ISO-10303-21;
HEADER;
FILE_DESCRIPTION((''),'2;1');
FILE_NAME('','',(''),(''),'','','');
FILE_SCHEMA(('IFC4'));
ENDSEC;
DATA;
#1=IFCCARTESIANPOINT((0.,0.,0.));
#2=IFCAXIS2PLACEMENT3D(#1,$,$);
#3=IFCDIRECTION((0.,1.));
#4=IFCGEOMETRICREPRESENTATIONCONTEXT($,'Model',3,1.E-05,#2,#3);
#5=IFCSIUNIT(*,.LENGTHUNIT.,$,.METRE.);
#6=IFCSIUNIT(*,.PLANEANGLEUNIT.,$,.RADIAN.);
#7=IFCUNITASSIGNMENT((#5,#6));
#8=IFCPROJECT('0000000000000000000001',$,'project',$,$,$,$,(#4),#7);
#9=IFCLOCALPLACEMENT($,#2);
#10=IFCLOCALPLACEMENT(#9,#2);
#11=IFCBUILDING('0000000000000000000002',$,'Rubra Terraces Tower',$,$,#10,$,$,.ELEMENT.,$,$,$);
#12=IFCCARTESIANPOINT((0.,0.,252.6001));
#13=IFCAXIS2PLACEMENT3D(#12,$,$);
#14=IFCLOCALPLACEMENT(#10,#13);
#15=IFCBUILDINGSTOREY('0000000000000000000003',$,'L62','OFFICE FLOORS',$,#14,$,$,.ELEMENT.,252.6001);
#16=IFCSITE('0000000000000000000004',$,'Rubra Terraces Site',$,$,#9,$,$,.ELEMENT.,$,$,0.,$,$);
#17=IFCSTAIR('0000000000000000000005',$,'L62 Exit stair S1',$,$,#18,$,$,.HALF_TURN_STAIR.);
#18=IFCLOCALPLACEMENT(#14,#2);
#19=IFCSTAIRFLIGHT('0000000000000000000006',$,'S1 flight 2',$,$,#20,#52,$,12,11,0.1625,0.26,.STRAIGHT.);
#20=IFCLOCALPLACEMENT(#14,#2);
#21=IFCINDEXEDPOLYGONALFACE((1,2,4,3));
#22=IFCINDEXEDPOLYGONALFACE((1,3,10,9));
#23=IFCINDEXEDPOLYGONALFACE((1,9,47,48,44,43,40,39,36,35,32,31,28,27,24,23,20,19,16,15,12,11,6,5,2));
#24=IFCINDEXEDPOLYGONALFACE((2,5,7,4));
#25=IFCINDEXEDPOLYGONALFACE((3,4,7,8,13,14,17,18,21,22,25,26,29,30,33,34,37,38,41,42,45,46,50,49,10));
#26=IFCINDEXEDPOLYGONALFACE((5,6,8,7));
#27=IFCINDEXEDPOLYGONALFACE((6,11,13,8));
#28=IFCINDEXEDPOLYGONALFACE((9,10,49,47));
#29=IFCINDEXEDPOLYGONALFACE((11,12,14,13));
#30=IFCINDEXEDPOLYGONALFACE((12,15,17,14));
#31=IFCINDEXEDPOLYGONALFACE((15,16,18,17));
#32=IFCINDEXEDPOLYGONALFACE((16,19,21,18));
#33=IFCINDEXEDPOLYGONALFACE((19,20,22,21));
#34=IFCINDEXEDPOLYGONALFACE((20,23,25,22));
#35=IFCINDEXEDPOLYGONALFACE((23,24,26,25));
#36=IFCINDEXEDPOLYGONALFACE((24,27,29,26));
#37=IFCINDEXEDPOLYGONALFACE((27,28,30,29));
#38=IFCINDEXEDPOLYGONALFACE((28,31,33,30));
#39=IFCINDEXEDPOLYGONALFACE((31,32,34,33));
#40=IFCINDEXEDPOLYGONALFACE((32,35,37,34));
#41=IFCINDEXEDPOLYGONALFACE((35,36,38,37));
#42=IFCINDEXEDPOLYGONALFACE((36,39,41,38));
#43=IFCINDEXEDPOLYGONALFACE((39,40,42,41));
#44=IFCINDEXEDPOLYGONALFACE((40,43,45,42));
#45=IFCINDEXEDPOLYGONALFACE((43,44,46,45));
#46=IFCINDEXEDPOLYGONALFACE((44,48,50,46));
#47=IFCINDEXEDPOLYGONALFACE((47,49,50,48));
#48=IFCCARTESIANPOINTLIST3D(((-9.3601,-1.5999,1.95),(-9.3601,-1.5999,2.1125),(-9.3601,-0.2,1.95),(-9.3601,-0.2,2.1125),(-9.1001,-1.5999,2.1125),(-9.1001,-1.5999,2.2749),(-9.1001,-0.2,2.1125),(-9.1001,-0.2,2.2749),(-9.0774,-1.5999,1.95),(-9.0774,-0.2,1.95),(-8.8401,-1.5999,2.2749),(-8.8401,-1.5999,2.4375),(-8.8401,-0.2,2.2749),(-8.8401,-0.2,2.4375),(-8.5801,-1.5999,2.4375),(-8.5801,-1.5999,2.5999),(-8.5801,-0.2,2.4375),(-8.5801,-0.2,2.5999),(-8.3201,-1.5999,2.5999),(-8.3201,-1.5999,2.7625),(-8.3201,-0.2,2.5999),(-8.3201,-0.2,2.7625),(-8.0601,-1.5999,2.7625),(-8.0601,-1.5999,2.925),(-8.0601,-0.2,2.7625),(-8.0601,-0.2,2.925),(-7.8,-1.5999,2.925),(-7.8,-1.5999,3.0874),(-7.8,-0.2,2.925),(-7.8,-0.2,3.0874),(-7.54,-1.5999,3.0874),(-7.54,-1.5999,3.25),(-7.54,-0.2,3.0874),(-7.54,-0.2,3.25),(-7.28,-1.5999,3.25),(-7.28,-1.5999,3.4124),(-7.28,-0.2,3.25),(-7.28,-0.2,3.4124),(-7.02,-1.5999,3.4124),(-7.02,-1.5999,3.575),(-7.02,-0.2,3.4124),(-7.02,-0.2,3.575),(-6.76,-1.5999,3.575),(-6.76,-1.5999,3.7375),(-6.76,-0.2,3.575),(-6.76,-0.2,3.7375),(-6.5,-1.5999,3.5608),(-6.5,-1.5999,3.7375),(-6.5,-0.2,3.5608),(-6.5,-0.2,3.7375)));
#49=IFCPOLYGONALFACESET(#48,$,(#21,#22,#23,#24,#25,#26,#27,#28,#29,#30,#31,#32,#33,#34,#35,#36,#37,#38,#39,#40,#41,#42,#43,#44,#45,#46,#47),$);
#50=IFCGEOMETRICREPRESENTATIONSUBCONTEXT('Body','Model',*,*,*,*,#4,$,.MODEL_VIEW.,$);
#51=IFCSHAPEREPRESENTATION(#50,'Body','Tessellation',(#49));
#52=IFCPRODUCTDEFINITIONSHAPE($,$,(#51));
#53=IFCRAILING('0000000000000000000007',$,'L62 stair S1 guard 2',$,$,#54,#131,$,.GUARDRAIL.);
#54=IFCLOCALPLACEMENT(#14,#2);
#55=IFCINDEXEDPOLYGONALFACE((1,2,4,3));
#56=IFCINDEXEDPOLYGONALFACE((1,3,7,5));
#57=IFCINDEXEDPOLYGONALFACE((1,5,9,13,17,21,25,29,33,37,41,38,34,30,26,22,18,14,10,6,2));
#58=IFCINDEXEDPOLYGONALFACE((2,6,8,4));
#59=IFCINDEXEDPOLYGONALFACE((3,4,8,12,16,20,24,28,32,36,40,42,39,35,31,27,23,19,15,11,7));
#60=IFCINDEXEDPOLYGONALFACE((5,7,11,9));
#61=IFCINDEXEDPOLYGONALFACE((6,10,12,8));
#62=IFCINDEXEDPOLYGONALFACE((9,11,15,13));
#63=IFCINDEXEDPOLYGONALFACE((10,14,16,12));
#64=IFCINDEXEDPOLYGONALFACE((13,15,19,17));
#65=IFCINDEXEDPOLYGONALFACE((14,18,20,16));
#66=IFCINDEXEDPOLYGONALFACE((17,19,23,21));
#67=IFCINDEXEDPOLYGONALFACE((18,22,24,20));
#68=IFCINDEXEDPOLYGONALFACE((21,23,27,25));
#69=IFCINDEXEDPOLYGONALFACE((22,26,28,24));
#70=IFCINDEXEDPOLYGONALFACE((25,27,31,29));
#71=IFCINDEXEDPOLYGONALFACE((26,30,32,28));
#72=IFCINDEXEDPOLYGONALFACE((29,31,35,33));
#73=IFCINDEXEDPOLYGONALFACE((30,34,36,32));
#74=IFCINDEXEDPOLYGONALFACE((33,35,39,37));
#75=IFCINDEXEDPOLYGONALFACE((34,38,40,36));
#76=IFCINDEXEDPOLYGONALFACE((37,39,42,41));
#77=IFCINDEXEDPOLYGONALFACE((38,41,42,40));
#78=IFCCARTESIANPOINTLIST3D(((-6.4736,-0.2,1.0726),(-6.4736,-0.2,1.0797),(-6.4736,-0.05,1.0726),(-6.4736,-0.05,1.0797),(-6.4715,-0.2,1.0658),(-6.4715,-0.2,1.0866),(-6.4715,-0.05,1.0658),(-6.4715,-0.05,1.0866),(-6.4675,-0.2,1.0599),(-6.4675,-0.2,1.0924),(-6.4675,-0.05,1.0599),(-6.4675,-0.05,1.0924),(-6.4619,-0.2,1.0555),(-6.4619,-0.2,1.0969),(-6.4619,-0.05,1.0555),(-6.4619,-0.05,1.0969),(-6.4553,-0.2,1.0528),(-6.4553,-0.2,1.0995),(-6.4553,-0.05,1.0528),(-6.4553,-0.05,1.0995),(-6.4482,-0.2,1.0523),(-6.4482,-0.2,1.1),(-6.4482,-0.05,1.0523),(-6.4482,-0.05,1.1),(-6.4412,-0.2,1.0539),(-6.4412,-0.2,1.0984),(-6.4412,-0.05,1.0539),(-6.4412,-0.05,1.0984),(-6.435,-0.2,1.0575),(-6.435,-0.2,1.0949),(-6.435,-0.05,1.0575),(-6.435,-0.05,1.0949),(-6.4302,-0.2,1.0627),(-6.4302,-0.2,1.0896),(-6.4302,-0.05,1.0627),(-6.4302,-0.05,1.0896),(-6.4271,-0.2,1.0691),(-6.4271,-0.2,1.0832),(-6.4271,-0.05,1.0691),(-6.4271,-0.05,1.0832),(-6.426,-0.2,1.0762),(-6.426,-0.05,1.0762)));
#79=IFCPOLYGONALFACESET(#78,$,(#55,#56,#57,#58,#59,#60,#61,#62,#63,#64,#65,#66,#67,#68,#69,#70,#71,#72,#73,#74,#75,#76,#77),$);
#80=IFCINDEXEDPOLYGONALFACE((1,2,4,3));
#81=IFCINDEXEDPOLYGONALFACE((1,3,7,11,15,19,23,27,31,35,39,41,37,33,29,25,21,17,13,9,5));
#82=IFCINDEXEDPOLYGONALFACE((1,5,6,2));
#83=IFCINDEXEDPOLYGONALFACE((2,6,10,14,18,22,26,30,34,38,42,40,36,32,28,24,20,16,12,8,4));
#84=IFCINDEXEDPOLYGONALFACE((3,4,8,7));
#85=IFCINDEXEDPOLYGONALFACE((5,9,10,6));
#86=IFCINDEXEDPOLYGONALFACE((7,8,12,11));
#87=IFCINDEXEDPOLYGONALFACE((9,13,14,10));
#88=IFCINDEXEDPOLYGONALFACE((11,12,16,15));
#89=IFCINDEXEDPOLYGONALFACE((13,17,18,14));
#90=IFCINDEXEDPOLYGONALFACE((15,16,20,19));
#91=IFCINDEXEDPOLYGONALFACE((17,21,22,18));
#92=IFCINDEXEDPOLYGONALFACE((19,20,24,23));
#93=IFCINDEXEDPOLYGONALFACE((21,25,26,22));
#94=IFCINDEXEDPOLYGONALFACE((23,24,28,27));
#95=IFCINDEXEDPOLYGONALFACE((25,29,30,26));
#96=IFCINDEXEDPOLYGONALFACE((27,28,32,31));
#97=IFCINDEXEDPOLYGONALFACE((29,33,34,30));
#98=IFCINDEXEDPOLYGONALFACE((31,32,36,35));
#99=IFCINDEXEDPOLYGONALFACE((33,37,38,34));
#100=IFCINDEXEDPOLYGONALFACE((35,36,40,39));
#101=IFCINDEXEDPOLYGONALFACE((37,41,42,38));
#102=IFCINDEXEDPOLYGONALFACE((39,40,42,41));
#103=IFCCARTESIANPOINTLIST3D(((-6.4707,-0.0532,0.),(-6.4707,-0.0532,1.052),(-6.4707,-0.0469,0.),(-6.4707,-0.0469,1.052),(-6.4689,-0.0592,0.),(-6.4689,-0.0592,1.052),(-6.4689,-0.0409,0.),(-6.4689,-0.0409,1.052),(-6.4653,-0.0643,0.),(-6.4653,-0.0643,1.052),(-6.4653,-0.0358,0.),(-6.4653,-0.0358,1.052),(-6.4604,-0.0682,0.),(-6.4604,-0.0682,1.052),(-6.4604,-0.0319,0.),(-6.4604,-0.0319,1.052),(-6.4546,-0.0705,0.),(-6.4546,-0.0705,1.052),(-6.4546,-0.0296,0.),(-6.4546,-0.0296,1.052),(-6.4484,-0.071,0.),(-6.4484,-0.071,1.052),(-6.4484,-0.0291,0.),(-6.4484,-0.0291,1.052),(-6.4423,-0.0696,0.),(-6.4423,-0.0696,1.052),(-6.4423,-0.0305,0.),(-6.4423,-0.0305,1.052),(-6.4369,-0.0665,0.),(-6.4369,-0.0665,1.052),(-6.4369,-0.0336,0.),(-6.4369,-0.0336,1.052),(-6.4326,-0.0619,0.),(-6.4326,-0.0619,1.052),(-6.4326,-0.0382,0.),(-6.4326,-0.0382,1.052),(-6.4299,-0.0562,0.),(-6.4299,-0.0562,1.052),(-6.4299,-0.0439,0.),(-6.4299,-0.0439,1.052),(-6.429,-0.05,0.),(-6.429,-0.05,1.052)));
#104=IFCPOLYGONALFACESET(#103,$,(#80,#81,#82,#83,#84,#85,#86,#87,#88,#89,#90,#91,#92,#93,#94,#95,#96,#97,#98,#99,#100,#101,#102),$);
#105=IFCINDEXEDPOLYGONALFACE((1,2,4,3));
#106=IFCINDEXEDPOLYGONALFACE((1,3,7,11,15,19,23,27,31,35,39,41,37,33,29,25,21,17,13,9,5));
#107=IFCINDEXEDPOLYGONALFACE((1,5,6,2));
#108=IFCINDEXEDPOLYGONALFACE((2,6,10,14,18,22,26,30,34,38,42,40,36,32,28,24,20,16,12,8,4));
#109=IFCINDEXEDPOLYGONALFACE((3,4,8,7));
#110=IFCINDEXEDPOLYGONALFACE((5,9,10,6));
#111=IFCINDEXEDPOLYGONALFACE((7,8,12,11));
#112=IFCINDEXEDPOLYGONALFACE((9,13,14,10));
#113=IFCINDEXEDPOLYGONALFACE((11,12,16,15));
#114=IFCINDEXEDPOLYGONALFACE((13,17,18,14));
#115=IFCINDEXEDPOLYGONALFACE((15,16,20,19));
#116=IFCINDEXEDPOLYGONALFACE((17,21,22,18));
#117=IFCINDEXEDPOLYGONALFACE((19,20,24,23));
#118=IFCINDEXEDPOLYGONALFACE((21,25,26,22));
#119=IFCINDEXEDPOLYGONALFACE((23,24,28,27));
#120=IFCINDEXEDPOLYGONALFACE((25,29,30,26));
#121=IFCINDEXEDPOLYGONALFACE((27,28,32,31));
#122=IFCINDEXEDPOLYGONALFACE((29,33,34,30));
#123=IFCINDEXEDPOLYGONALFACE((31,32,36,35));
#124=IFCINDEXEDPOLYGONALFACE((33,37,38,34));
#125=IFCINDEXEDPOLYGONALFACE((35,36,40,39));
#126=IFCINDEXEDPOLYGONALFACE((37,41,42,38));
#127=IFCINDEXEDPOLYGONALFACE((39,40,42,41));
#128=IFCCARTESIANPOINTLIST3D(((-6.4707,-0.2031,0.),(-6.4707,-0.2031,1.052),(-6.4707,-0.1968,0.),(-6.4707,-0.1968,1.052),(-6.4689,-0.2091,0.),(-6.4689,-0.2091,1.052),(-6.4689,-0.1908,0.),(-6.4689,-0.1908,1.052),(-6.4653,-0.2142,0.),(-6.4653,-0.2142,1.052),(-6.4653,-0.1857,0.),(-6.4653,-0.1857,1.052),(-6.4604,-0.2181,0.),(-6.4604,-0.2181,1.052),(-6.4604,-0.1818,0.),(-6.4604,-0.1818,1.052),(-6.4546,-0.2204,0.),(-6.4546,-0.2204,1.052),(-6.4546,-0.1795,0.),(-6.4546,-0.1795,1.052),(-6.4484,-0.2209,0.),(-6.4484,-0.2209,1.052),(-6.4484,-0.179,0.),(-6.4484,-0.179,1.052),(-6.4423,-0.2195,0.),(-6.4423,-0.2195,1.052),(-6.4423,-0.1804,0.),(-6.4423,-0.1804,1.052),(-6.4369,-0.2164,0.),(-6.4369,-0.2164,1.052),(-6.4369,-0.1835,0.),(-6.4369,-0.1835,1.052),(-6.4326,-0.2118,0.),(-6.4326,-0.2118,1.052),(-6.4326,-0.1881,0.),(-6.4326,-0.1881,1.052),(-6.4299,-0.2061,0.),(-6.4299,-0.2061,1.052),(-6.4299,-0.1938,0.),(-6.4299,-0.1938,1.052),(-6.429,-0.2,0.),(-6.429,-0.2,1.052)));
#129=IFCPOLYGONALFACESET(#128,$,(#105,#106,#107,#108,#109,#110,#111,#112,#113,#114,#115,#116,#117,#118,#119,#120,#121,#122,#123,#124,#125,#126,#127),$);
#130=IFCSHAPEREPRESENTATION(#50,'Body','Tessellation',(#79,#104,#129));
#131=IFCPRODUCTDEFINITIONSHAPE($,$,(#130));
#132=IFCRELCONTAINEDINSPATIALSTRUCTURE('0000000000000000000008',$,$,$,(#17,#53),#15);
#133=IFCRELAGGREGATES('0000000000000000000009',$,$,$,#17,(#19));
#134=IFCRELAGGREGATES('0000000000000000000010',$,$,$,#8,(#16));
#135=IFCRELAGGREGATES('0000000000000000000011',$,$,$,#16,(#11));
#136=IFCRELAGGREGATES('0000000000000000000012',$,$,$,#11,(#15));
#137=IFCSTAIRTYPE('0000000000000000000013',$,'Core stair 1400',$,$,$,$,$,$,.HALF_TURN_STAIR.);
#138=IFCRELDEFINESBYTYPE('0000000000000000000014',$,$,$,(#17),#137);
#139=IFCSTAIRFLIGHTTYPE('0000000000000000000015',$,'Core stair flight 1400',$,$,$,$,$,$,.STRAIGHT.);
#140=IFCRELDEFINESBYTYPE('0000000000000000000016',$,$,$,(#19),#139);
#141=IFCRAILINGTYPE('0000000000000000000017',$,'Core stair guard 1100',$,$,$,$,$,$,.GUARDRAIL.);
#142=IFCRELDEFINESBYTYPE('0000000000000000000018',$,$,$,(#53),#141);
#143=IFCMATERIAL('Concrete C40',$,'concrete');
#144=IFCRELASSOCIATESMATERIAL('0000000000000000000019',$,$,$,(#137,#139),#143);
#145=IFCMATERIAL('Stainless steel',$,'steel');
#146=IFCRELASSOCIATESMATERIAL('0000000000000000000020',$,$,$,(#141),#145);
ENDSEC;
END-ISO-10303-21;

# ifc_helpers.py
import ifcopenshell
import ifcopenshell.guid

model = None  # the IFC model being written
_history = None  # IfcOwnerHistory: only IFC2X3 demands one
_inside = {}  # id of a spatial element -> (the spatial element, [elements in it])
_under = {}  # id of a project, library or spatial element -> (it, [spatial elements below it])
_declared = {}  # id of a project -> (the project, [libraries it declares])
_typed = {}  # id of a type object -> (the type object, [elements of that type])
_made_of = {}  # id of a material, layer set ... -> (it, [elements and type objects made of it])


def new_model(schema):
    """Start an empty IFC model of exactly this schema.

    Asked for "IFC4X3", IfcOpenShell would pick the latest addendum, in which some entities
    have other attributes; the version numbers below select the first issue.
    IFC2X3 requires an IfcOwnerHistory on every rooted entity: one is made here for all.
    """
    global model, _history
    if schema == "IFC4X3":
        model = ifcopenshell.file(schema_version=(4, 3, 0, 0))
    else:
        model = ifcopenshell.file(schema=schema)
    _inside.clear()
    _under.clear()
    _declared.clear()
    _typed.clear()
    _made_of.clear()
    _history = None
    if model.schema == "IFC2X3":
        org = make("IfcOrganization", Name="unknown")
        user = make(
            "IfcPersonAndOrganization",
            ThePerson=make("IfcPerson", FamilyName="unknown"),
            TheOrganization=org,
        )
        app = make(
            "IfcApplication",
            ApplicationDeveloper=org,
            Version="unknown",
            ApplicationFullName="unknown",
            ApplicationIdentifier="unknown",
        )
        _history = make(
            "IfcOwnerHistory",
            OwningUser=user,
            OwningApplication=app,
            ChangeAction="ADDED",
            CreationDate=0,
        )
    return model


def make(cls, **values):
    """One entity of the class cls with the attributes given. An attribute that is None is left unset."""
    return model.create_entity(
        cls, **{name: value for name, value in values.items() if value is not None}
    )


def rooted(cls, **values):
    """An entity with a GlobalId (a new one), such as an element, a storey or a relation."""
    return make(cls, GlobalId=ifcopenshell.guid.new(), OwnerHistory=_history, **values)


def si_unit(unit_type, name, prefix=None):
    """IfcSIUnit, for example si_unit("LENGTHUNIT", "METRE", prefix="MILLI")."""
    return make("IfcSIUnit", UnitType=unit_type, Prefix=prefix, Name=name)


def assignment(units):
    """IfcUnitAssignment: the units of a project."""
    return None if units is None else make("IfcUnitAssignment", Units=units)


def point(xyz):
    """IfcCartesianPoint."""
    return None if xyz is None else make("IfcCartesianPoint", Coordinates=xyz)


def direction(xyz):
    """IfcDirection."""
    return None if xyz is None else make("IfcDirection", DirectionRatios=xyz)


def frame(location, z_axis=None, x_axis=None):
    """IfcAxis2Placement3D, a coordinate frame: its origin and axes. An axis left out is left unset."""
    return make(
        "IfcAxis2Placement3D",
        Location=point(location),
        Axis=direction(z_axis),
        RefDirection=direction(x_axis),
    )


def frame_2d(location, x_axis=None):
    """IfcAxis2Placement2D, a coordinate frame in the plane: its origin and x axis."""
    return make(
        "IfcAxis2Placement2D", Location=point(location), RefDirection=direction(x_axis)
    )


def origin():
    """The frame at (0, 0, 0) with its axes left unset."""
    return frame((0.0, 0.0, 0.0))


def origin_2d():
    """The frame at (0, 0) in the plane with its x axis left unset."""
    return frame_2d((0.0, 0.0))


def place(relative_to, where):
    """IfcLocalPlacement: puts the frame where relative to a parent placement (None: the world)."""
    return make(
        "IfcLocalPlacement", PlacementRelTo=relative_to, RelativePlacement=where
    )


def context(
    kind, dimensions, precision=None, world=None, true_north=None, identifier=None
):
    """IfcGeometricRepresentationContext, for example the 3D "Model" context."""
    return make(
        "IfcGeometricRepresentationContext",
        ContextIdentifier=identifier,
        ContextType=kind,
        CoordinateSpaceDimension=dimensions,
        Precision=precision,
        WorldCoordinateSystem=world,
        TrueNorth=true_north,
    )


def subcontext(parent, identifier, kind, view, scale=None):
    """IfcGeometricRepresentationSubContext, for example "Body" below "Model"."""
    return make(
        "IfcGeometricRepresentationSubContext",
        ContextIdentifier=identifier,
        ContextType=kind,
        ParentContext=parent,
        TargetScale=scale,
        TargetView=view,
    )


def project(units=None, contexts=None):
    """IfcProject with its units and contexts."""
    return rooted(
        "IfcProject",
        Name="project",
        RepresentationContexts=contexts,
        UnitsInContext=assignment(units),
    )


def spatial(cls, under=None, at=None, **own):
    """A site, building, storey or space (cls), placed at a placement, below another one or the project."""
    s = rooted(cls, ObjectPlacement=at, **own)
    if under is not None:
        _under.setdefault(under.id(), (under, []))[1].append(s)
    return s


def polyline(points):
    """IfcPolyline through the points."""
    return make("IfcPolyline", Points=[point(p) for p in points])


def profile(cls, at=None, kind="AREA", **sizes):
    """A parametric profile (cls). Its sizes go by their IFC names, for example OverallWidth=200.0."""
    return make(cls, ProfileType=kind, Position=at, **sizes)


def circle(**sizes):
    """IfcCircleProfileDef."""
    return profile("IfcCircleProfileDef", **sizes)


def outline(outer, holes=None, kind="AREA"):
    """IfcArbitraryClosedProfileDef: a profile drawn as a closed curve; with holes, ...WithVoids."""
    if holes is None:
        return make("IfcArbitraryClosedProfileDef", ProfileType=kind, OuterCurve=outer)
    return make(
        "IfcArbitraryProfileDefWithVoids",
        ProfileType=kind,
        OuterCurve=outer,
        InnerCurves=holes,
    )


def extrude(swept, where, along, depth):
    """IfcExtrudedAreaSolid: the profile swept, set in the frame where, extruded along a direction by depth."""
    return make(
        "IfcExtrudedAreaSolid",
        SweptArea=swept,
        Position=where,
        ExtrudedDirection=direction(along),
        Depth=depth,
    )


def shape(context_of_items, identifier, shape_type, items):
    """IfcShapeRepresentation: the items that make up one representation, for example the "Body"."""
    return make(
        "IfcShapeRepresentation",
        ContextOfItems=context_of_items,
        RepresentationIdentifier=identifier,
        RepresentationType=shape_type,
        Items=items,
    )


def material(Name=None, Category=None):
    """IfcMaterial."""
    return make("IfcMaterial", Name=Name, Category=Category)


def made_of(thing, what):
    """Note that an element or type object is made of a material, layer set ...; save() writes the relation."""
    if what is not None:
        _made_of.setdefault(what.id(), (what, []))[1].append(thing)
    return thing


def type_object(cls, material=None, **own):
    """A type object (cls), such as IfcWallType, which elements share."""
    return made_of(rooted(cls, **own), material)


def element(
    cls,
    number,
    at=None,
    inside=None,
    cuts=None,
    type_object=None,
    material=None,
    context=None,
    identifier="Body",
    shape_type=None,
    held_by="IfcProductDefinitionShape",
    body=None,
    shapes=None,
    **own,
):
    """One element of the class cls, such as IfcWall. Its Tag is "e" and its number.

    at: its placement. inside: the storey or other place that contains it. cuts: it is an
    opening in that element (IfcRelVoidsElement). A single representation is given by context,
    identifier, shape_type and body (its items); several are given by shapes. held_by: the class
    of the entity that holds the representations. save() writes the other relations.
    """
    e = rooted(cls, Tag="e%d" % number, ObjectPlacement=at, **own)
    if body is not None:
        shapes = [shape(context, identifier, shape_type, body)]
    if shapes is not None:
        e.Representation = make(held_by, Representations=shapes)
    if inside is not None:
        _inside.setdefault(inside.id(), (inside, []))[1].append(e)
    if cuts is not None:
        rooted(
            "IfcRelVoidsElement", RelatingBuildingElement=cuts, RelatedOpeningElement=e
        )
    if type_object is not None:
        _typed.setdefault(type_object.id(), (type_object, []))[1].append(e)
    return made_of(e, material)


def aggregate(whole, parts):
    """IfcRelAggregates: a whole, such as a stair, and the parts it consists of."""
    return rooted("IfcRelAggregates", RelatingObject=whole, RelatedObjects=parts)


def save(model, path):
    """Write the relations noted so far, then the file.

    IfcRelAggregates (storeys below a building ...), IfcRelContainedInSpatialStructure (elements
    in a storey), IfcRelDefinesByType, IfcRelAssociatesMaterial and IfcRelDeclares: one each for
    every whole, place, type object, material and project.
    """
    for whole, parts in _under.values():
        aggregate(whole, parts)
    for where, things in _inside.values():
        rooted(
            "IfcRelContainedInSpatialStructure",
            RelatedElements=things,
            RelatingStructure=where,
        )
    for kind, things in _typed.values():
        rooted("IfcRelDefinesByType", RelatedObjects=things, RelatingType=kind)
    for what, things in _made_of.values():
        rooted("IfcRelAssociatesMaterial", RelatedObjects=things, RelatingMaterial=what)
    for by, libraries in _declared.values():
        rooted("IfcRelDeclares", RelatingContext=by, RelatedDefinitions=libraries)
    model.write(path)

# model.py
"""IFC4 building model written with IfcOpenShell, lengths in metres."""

from ifc_helpers import new_model, si_unit, direction, frame, origin, origin_2d, place, context, subcontext, project, spatial, polyline, circle, outline, extrude, material, type_object, element, aggregate, save


model = new_model("IFC4")

# Units and contexts
model_context = context("Model", 3, precision=1e-05, world=origin(), true_north=direction((0.0, 1.0)))
body_context = subcontext(model_context, "Body", "Model", "MODEL_VIEW")
ifc_project = project(units=[si_unit("LENGTHUNIT", "METRE"), si_unit("PLANEANGLEUNIT", "RADIAN")], contexts=[model_context])

# Site, building, storey
site_placement = place(None, origin())
site = spatial("IfcSite", under=ifc_project, at=site_placement, Name="Rubra Terraces Site", CompositionType="ELEMENT", RefElevation=0.0)
building_placement = place(site_placement, origin())
building = spatial("IfcBuilding", under=site, at=building_placement, Name="Rubra Terraces Tower", CompositionType="ELEMENT")
storey_placement = place(building_placement, frame((0.0, 0.0, 252.6001)))
storey = spatial("IfcBuildingStorey", under=building, at=storey_placement, Name="L62", Description="OFFICE FLOORS", CompositionType="ELEMENT", Elevation=252.6001)

# Shared definitions
ifc_material_1 = material(Name="Concrete C40", Category="concrete")

# Stair, stair flight
stair_type = type_object("IfcStairType", Name="Core stair 1400", PredefinedType="HALF_TURN_STAIR", material=ifc_material_1)
stair_placement = place(storey_placement, origin())
stair = element("IfcStair", 1, at=stair_placement, inside=storey, type_object=stair_type, Name="L62 Exit stair S1", PredefinedType="HALF_TURN_STAIR")
stair_flight_type = type_object("IfcStairFlightType", Name="Core stair flight 1400", PredefinedType="STRAIGHT", material=ifc_material_1)
stair_flight_placement = place(storey_placement, frame((-9.3601, -0.8999, 1.95), z_axis=(0.0, 0.0, 1.0), x_axis=(1.0, 0.0, 0.0)))
stair_flight = element("IfcStairFlight", 2, at=stair_flight_placement, type_object=stair_flight_type, Name="S1 flight 2", NumberOfRisers=12, NumberOfTreads=11, PredefinedType="STRAIGHT", RiserHeight=0.1625, TreadLength=0.26, context=body_context, shape_type="SweptSolid", body=[
    extrude(outline(polyline([(0.0, 0.0), (0.0, 0.1626), (0.26, 0.1626), (0.26, 0.325), (0.52, 0.325), (0.52, 0.4875), (0.78, 0.4875), (0.78, 0.6499), (1.04, 0.6499), (1.04, 0.8125), (1.3, 0.8125), (1.3, 0.9751), (1.5601, 0.9751), (1.5601, 1.1375), (1.8201, 1.1375), (1.8201, 1.3), (2.0801, 1.3), (2.0801, 1.4624), (2.3401, 1.4624), (2.3401, 1.625), (2.6001, 1.625), (2.6001, 1.7876), (2.8601, 1.7876), (2.8601, 1.95), (2.8601, 1.6108), (0.2827, 0.0), (0.0, 0.0)])), frame((0.0, 0.7, 0.0), z_axis=(0.0, -1.0, 0.0), x_axis=(1.0, 0.0, 0.0)), (0.0, 0.0, 1.0), 1.3999),
])
aggregate(stair, [stair_flight])

# Railing
ifc_material_2 = material(Name="Stainless steel", Category="steel")
railing_type = type_object("IfcRailingType", Name="Core stair guard 1100", PredefinedType="GUARDRAIL", material=ifc_material_2)
railing_1_placement = place(storey_placement, frame((-6.45, -0.05, 0.0)))
element("IfcRailing", 3, at=railing_1_placement, inside=storey, type_object=railing_type, Name="L62 stair S1 guard 2", PredefinedType="GUARDRAIL", context=body_context, shape_type="SweptSolid", body=[
    extrude(circle(Radius=0.0239, at=origin_2d()), frame((0.0, 0.0, 1.0762), z_axis=(0.0, -1.0, 0.0), x_axis=(1.0, 0.0, 0.0)), (0.0, 0.0, 1.0), 0.1499),
    extrude(circle(Radius=0.021, at=origin_2d()), origin(), (0.0, 0.0, 1.0), 1.052),
    extrude(circle(Radius=0.021, at=origin_2d()), frame((0.0, -0.1499, 0.0)), (0.0, 0.0, 1.0), 1.052),
])

save(model, "model.ifc")
